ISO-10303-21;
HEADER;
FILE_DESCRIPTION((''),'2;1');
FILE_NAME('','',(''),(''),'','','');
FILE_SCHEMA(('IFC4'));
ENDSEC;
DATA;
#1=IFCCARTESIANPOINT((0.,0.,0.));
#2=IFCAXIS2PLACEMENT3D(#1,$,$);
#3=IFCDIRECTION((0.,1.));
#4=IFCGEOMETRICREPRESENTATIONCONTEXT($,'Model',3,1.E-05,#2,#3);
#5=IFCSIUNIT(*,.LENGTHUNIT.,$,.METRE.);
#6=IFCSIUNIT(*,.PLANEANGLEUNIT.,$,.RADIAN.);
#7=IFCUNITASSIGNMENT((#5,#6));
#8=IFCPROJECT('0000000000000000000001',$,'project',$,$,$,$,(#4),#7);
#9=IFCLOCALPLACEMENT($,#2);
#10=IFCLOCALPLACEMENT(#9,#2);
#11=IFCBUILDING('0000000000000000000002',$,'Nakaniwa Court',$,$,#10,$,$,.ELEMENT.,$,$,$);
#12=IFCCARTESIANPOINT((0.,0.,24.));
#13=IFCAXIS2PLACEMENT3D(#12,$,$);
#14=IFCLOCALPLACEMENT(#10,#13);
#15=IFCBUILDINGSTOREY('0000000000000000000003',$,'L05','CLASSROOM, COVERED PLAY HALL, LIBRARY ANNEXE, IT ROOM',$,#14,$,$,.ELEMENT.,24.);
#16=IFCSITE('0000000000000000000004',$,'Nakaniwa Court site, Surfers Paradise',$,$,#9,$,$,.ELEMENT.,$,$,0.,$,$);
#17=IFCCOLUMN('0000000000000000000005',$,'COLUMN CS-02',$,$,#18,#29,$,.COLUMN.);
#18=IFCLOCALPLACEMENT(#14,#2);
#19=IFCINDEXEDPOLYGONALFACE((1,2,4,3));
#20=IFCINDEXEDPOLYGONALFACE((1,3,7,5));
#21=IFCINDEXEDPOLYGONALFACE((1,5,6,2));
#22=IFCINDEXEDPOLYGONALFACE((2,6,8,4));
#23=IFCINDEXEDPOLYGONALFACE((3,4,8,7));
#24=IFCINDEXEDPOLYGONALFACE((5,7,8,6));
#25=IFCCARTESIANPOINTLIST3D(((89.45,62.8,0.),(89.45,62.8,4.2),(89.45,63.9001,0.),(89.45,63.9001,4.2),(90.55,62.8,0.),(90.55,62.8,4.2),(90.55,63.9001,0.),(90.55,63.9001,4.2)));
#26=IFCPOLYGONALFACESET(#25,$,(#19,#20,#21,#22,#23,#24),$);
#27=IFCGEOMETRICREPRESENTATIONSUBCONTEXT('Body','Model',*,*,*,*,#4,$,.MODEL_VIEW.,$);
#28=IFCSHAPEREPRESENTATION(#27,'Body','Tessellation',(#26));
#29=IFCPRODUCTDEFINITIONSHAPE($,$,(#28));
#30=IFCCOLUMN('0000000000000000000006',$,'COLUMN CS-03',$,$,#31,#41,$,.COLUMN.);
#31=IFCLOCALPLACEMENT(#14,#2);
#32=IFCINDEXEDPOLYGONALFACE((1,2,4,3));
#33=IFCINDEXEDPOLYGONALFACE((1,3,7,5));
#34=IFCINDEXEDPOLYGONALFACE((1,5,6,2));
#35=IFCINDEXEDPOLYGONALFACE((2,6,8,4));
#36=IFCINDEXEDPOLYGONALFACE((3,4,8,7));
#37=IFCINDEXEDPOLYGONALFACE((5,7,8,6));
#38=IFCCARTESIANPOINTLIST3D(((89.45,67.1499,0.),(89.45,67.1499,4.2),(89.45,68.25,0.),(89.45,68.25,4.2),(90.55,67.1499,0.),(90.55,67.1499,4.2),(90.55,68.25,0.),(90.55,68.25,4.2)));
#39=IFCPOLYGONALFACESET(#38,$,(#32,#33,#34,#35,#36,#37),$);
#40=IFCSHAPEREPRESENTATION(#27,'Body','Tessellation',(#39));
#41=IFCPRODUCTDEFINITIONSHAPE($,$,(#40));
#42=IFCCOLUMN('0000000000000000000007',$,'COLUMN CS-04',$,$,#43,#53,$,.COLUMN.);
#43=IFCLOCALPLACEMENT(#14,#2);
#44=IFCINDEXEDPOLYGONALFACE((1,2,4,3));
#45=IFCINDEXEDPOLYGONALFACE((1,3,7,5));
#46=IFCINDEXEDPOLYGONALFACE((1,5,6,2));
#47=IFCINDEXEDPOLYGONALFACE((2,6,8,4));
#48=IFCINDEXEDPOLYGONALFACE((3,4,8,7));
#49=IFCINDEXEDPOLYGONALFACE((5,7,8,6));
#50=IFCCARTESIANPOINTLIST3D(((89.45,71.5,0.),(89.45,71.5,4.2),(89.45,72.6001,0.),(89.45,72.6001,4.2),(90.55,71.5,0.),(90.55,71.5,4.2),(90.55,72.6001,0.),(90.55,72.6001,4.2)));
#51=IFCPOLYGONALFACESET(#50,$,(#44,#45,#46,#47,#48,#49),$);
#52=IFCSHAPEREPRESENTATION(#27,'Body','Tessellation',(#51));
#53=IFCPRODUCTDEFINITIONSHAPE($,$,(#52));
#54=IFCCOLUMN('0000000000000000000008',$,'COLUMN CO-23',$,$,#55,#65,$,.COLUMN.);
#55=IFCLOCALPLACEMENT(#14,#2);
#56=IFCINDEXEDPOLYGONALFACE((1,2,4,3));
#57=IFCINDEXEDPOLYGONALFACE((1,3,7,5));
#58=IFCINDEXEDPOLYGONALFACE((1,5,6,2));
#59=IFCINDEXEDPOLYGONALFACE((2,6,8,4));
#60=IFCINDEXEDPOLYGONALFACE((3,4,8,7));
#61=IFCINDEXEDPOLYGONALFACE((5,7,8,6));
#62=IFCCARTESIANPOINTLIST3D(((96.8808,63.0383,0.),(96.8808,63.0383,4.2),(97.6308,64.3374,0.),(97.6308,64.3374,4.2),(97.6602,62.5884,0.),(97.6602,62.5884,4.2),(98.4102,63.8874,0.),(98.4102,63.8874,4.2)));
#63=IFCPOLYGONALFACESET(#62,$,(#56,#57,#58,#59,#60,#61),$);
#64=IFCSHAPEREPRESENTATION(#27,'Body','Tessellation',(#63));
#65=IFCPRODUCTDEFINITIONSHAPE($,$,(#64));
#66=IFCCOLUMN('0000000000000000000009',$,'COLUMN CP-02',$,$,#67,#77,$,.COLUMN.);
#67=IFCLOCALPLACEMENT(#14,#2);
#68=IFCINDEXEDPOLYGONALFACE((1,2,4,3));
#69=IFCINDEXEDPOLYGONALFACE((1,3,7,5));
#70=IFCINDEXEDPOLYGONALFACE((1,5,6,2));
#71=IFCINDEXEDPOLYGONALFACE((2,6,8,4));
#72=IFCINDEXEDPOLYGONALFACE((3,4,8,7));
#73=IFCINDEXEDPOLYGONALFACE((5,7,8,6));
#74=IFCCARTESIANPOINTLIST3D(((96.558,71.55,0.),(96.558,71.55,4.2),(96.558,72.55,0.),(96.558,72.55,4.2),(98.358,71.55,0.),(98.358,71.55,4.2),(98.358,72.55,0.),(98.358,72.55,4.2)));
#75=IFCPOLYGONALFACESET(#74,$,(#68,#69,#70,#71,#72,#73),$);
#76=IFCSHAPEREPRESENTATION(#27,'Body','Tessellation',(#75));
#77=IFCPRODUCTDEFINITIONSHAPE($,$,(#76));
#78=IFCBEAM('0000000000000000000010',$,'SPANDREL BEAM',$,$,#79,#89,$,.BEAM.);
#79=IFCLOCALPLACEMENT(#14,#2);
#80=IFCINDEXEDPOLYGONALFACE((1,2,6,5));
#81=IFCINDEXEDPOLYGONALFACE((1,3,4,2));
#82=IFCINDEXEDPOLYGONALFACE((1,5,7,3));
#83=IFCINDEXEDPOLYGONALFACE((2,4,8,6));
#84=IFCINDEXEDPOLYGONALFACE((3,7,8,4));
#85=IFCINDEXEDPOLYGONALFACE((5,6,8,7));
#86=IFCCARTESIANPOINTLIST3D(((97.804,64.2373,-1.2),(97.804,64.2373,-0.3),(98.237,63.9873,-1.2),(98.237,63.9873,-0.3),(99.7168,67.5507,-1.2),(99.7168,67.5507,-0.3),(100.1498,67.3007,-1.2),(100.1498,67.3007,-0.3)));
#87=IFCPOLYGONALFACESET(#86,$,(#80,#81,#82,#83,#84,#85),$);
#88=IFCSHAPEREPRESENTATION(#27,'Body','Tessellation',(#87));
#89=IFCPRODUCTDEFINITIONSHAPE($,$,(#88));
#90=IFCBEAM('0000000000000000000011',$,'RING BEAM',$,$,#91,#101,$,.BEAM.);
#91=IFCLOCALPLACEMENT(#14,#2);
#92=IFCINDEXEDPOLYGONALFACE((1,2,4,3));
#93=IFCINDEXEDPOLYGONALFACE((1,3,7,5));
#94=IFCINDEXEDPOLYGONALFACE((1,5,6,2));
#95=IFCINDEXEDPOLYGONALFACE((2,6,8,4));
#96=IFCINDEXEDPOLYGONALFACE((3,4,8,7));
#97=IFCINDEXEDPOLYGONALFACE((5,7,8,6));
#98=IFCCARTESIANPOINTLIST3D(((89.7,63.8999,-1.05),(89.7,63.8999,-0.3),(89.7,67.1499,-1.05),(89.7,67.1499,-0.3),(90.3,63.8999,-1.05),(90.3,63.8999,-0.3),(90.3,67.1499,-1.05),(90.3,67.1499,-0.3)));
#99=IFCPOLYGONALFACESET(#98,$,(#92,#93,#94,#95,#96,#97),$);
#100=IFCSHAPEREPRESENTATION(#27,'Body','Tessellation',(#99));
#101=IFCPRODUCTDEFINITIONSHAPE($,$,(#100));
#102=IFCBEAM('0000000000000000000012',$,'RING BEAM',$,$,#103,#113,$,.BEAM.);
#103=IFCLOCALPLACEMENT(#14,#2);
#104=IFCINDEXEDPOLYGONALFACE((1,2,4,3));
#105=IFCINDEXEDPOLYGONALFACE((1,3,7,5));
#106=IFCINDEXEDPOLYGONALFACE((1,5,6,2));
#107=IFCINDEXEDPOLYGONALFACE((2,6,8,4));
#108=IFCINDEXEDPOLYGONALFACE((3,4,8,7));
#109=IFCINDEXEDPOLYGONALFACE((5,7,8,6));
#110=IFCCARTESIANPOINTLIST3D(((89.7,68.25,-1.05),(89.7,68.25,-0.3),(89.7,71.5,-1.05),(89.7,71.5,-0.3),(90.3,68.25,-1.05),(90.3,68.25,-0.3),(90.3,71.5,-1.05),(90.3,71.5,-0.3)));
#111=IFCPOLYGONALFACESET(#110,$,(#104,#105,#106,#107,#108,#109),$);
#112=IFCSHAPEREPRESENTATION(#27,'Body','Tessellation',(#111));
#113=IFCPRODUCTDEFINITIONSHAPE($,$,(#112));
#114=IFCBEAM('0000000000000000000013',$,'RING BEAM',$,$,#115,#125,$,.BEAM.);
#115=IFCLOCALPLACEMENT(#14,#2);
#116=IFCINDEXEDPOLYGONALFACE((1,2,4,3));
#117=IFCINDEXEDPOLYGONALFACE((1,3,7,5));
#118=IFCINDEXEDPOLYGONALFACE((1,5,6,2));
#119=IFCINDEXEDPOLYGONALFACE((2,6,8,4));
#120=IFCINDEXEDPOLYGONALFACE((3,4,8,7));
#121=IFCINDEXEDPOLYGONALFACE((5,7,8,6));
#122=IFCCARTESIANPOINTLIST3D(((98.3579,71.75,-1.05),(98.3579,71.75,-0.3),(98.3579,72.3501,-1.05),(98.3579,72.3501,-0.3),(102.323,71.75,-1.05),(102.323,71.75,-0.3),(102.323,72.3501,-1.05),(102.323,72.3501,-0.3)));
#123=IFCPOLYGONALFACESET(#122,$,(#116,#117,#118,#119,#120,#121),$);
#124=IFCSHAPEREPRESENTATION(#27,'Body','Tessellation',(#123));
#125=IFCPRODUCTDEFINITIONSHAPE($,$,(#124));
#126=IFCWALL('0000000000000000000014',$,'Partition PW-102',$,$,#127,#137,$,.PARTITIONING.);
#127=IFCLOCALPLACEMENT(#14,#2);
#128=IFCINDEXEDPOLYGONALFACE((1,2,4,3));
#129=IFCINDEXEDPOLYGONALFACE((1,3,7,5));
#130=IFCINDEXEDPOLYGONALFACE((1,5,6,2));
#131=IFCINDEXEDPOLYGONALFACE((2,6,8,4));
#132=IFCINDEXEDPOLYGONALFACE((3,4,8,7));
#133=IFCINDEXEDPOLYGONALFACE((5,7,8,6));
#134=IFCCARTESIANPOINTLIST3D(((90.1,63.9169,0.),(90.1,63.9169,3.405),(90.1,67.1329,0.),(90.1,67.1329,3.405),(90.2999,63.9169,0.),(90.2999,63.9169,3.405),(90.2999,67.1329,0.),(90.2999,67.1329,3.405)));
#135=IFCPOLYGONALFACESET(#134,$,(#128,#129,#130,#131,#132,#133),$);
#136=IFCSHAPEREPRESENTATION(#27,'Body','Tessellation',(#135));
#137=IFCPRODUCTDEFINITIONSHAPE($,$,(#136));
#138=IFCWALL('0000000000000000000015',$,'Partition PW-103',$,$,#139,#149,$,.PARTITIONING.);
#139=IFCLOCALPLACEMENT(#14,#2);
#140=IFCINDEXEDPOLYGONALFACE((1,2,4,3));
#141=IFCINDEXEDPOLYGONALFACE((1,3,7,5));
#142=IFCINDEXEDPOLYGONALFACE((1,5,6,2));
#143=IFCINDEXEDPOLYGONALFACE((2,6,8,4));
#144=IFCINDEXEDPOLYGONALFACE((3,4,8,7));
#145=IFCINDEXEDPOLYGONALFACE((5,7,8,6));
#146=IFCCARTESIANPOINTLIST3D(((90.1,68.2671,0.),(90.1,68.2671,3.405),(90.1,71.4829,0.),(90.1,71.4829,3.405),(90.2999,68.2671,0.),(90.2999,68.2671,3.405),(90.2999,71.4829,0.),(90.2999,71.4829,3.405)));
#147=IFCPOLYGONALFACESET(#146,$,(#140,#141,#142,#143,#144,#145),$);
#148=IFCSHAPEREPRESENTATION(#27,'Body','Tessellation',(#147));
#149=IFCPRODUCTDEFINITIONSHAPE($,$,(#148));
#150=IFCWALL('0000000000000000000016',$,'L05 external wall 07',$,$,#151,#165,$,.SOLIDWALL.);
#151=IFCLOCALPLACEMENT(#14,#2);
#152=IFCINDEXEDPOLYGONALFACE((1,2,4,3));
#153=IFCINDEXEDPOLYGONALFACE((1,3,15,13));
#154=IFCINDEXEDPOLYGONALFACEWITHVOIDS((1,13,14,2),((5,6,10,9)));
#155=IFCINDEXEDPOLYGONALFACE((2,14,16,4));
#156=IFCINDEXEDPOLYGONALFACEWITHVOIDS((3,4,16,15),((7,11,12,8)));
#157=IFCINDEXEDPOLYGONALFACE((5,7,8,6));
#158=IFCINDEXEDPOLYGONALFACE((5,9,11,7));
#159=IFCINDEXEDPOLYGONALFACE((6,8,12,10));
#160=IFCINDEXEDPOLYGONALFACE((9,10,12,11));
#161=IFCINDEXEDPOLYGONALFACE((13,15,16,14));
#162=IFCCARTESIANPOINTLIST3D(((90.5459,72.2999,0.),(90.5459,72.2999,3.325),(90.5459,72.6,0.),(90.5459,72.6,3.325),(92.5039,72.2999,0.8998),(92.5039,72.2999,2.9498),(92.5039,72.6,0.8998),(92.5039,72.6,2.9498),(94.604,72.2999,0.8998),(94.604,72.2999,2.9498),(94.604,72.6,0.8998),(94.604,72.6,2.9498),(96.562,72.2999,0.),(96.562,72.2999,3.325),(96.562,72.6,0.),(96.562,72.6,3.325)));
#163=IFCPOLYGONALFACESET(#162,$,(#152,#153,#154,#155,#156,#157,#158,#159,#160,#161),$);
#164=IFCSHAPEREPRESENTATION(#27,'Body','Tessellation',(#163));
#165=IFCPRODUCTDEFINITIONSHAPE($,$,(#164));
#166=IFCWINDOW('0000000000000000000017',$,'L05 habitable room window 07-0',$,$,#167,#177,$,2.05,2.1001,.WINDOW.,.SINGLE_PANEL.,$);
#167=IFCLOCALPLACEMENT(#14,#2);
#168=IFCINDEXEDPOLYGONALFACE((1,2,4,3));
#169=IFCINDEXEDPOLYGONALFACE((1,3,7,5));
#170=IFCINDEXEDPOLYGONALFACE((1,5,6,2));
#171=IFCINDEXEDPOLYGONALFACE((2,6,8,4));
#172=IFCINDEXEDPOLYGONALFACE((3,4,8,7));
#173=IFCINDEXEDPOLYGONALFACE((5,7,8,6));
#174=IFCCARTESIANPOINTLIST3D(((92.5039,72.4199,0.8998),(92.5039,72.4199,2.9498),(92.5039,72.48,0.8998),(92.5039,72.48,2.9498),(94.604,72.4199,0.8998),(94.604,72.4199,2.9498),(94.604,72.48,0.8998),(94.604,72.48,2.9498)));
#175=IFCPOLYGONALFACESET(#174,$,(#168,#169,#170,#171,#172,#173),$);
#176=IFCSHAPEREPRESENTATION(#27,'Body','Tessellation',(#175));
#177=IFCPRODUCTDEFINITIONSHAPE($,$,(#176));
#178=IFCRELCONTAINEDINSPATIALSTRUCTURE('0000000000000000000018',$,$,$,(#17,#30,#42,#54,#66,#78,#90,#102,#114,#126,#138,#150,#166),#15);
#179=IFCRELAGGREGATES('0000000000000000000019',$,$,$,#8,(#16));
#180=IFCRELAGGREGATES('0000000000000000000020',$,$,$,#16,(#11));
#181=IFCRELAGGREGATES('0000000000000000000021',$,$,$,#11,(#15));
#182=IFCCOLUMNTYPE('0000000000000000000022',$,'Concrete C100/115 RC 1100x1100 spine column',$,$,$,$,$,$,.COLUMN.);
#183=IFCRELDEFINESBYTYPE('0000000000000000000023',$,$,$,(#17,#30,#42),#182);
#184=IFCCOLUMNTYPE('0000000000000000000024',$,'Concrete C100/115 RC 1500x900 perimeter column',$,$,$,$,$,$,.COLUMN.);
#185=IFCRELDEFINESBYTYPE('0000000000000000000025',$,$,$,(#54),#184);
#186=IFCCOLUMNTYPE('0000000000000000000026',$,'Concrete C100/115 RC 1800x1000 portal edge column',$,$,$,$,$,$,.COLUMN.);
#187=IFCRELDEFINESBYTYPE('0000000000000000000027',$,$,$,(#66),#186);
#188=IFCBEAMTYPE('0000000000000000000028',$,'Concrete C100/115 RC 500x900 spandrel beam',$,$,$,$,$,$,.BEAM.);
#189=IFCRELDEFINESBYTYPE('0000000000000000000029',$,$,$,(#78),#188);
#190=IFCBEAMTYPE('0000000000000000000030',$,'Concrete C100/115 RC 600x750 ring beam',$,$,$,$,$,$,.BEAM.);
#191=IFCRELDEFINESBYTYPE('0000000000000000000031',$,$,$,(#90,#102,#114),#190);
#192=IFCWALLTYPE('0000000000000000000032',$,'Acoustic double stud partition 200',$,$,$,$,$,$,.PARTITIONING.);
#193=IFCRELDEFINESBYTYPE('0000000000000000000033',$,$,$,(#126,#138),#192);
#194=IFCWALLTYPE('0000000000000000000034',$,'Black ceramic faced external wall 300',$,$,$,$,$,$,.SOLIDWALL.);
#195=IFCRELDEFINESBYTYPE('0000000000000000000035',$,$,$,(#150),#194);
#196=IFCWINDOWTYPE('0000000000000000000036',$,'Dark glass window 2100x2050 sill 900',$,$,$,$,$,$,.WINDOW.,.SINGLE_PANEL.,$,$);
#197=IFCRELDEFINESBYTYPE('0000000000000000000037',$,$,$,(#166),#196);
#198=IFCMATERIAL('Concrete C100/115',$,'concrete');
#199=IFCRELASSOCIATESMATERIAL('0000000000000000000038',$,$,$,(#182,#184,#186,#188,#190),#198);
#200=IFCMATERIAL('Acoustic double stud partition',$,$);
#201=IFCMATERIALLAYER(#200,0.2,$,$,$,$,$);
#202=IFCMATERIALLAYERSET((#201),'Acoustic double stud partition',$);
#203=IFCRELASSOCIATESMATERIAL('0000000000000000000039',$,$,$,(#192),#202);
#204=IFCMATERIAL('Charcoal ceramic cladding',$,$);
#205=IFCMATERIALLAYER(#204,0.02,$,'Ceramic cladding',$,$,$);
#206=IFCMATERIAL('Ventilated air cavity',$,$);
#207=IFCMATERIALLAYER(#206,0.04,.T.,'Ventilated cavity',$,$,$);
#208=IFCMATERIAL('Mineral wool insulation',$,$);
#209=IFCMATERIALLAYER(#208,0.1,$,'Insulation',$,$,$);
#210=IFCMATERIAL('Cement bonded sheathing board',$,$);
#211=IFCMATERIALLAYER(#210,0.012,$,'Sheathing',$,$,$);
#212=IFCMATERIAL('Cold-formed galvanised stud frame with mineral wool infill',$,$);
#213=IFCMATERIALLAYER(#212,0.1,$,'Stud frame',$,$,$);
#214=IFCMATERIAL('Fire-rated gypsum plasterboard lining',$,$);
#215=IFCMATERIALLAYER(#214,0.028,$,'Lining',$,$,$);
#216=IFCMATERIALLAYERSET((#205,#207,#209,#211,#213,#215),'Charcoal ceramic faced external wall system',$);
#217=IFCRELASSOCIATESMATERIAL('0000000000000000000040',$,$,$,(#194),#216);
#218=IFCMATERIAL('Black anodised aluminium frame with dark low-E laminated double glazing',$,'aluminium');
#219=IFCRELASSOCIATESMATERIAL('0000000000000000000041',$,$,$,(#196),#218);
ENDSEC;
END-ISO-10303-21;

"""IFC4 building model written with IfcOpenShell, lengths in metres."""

from ifc_helpers import new_model, si_unit, direction, frame, frame_2d, origin, origin_2d, place, context, subcontext, project, spatial, rectangle, extrude, material, layer, layer_set, material_profile, profile_set, type_object, element, fill, save


model = new_model("IFC4")

# Units and contexts
model_context = context("Model", 3, precision=1e-05, world=origin(), true_north=direction((0.0, 1.0)))
body_context = subcontext(model_context, "Body", "Model", "MODEL_VIEW")
ifc_project = project(units=[si_unit("LENGTHUNIT", "METRE"), si_unit("PLANEANGLEUNIT", "RADIAN")], contexts=[model_context])

# Site, building, storey
site_placement = place(None, origin())
site = spatial("IfcSite", under=ifc_project, at=site_placement, Name="Nakaniwa Court site, Surfers Paradise", CompositionType="ELEMENT", RefElevation=0.0)
building_placement = place(site_placement, origin())
building = spatial("IfcBuilding", under=site, at=building_placement, Name="Nakaniwa Court", CompositionType="ELEMENT")
storey_placement = place(building_placement, frame((0.0, 0.0, 24.0)))
storey = spatial("IfcBuildingStorey", under=building, at=storey_placement, Name="L05", Description="CLASSROOM, COVERED PLAY HALL, LIBRARY ANNEXE, IT ROOM", CompositionType="ELEMENT", Elevation=24.0)

# Columns
ifc_material_1 = material(Name="Concrete C100/115", Category="concrete")
ifc_material_profile_1 = material_profile(ifc_material_1, rectangle(XDim=1.1001, YDim=1.1001, at=origin_2d()), Name="Concrete C100/115 RC 1100x1100 spine column")
ifc_profile_set_1 = profile_set([ifc_material_profile_1], Name="Concrete C100/115")
column_type_1 = type_object("IfcColumnType", Name="Concrete C100/115 RC 1100x1100 spine column", PredefinedType="COLUMN", material=ifc_profile_set_1)
for number, where, z_axis, x_axis, name in (
    (1, (90.0, 63.3501, 0.0), (0.0, 0.0, 1.0), (0.0, 1.0, 0.0), "COLUMN CS-02"),
    (2, (90.0, 67.7, 0.0), (0.0, 0.0, 1.0), (0.0, 1.0, 0.0), "COLUMN CS-03"),
    (3, (90.0, 72.05, 0.0), (0.0, 0.0, 1.0), (0.0, 1.0, 0.0), "COLUMN CS-04"),
):
    element("IfcColumn", number, at=place(storey_placement, frame(where, z_axis=z_axis, x_axis=x_axis)), inside=storey, type_object=column_type_1, Name=name, PredefinedType="COLUMN", context=body_context, shape_type="SweptSolid", body=[
        extrude(rectangle(XDim=1.1001, YDim=1.1001, at=origin_2d()), origin(), (0.0, 0.0, 1.0), 4.2),
    ])
ifc_material_profile_2 = material_profile(ifc_material_1, rectangle(XDim=1.5, YDim=0.8999, at=origin_2d()), Name="Concrete C100/115 RC 1500x900 perimeter column")
ifc_profile_set_2 = profile_set([ifc_material_profile_2], Name="Concrete C100/115")
column_type_2 = type_object("IfcColumnType", Name="Concrete C100/115 RC 1500x900 perimeter column", PredefinedType="COLUMN", material=ifc_profile_set_2)
column_1_placement = place(storey_placement, frame((97.6455, 63.4629, 0.0), z_axis=(0.0, 0.0, 1.0), x_axis=(0.5, 0.866025, 0.0)))
element("IfcColumn", 4, at=column_1_placement, inside=storey, type_object=column_type_2, Name="COLUMN CO-23", PredefinedType="COLUMN", context=body_context, shape_type="SweptSolid", body=[
    extrude(rectangle(XDim=1.5, YDim=0.8999, at=origin_2d()), origin(), (0.0, 0.0, 1.0), 4.2),
])
ifc_material_profile_3 = material_profile(ifc_material_1, rectangle(XDim=1.8, YDim=1.0, at=origin_2d()), Name="Concrete C100/115 RC 1800x1000 portal edge column")
ifc_profile_set_3 = profile_set([ifc_material_profile_3], Name="Concrete C100/115")
column_type_3 = type_object("IfcColumnType", Name="Concrete C100/115 RC 1800x1000 portal edge column", PredefinedType="COLUMN", material=ifc_profile_set_3)
column_2_placement = place(storey_placement, frame((97.458, 72.05, 0.0), z_axis=(0.0, 0.0, 1.0), x_axis=(1.0, 0.0, 0.0)))
element("IfcColumn", 5, at=column_2_placement, inside=storey, type_object=column_type_3, Name="COLUMN CP-02", PredefinedType="COLUMN", context=body_context, shape_type="SweptSolid", body=[
    extrude(rectangle(XDim=1.8, YDim=1.0, at=origin_2d()), origin(), (0.0, 0.0, 1.0), 4.2),
])

# Beams
ifc_material_profile_4 = material_profile(ifc_material_1, rectangle(XDim=0.5, YDim=0.8999, at=origin_2d()), Name="Concrete C100/115 RC 500x900 spandrel beam")
ifc_profile_set_4 = profile_set([ifc_material_profile_4], Name="Concrete C100/115")
beam_type_1 = type_object("IfcBeamType", Name="Concrete C100/115 RC 500x900 spandrel beam", PredefinedType="BEAM", material=ifc_profile_set_4)
beam_1_placement = place(storey_placement, frame((98.0205, 64.1123, -0.75), z_axis=(0.499962, 0.866047, 0.0), x_axis=(-0.866047, 0.499962, 0.0)))
element("IfcBeam", 6, at=beam_1_placement, inside=storey, type_object=beam_type_1, Name="SPANDREL BEAM", PredefinedType="BEAM", context=body_context, shape_type="SweptSolid", body=[
    extrude(rectangle(XDim=0.5, YDim=0.8999, at=origin_2d()), origin(), (0.0, 0.0, 1.0), 3.8259),
])
ifc_material_profile_5 = material_profile(ifc_material_1, rectangle(XDim=0.6001, YDim=0.75, at=origin_2d()), Name="Concrete C100/115 RC 600x750 ring beam")
ifc_profile_set_5 = profile_set([ifc_material_profile_5], Name="Concrete C100/115")
beam_type_2 = type_object("IfcBeamType", Name="Concrete C100/115 RC 600x750 ring beam", PredefinedType="BEAM", material=ifc_profile_set_5)
for number, where, z_axis, x_axis, name in (
    (7, (90.0, 63.8999, -0.675), (0.0, 1.0, 0.0), (-1.0, 0.0, 0.0), "RING BEAM"),
    (8, (90.0, 68.25, -0.675), (0.0, 1.0, 0.0), (-1.0, 0.0, 0.0), "RING BEAM"),
):
    element("IfcBeam", number, at=place(storey_placement, frame(where, z_axis=z_axis, x_axis=x_axis)), inside=storey, type_object=beam_type_2, Name=name, PredefinedType="BEAM", context=body_context, shape_type="SweptSolid", body=[
        extrude(rectangle(XDim=0.6001, YDim=0.75, at=origin_2d()), origin(), (0.0, 0.0, 1.0), 3.25),
    ])
beam_2_placement = place(storey_placement, frame((98.3579, 72.05, -0.675), z_axis=(1.0, 0.0, 0.0), x_axis=(0.0, 1.0, 0.0)))
element("IfcBeam", 9, at=beam_2_placement, inside=storey, type_object=beam_type_2, Name="RING BEAM", PredefinedType="BEAM", context=body_context, shape_type="SweptSolid", body=[
    extrude(rectangle(XDim=0.6001, YDim=0.75, at=origin_2d()), origin(), (0.0, 0.0, 1.0), 3.9651),
])

# Walls
ifc_material_2 = material(Name="Acoustic double stud partition")
ifc_layer_1 = layer(ifc_material_2, 0.2)
ifc_layer_set_1 = layer_set([ifc_layer_1], Name="Acoustic double stud partition")
wall_type_1 = type_object("IfcWallType", Name="Acoustic double stud partition 200", PredefinedType="PARTITIONING", material=ifc_layer_set_1)
wall_1_placement = place(storey_placement, frame((90.2, 63.917, 0.0), z_axis=(0.0, 0.0, 1.0), x_axis=(0.0, 1.0, 0.0)))
element("IfcWall", 10, at=wall_1_placement, inside=storey, type_object=wall_type_1, Name="Partition PW-102", PredefinedType="PARTITIONING", context=body_context, shape_type="SweptSolid", body=[
    extrude(rectangle(XDim=3.2161, YDim=0.2, at=frame_2d((1.6079, 0.0))), origin(), (0.0, 0.0, 1.0), 3.405),
])
wall_2_placement = place(storey_placement, frame((90.2, 68.2671, 0.0), z_axis=(0.0, 0.0, 1.0), x_axis=(0.0, 1.0, 0.0)))
element("IfcWall", 11, at=wall_2_placement, inside=storey, type_object=wall_type_1, Name="Partition PW-103", PredefinedType="PARTITIONING", context=body_context, shape_type="SweptSolid", body=[
    extrude(rectangle(XDim=3.2158, YDim=0.2, at=frame_2d((1.6079, 0.0))), origin(), (0.0, 0.0, 1.0), 3.405),
])

# Wall, opening, window
ifc_material_3 = material(Name="Charcoal ceramic cladding")
ifc_layer_2 = layer(ifc_material_3, 0.02, Name="Ceramic cladding")
ifc_material_4 = material(Name="Ventilated air cavity")
ifc_layer_3 = layer(ifc_material_4, 0.04, ventilated=True, Name="Ventilated cavity")
ifc_material_5 = material(Name="Mineral wool insulation")
ifc_layer_4 = layer(ifc_material_5, 0.1, Name="Insulation")
ifc_material_6 = material(Name="Cement bonded sheathing board")
ifc_layer_5 = layer(ifc_material_6, 0.012, Name="Sheathing")
ifc_material_7 = material(Name="Cold-formed galvanised stud frame with mineral wool infill")
ifc_layer_6 = layer(ifc_material_7, 0.1, Name="Stud frame")
ifc_material_8 = material(Name="Fire-rated gypsum plasterboard lining")
ifc_layer_7 = layer(ifc_material_8, 0.028, Name="Lining")
ifc_layer_set_2 = layer_set([ifc_layer_2, ifc_layer_3, ifc_layer_4, ifc_layer_5, ifc_layer_6, ifc_layer_7], Name="Charcoal ceramic faced external wall system")
wall_type_2 = type_object("IfcWallType", Name="Black ceramic faced external wall 300", PredefinedType="SOLIDWALL", material=ifc_layer_set_2)
wall_3_placement = place(storey_placement, frame((96.562, 72.45, 0.0), z_axis=(0.0, 0.0, 1.0), x_axis=(-1.0, 0.0, 0.0)))
wall_3 = element("IfcWall", 12, at=wall_3_placement, inside=storey, type_object=wall_type_2, Name="L05 external wall 07", PredefinedType="SOLIDWALL", context=body_context, shape_type="SweptSolid", body=[
    extrude(rectangle(XDim=6.0161, YDim=0.3, at=frame_2d((3.0081, 0.0))), origin(), (0.0, 0.0, 1.0), 3.325),
])
opening_1_placement = place(wall_3_placement, frame((1.958, 0.0, 0.8999)))
opening_1 = element("IfcOpeningElement", 13, at=opening_1_placement, cuts=wall_3, PredefinedType="OPENING", context=body_context, shape_type="SweptSolid", body=[
    extrude(rectangle(XDim=2.1001, YDim=2.05, at=frame_2d((1.05, 1.0249))), frame((0.0, 0.1599, 0.0), z_axis=(0.0, -1.0, 0.0), x_axis=(1.0, 0.0, 0.0)), (0.0, 0.0, 1.0), 0.3201),
])
ifc_material_9 = material(Name="Black anodised aluminium frame with dark low-E laminated double glazing", Category="aluminium")
window_type = type_object("IfcWindowType", Name="Dark glass window 2100x2050 sill 900", PartitioningType="SINGLE_PANEL", PredefinedType="WINDOW", material=ifc_material_9)
window_placement = place(opening_1_placement, origin())
window = element("IfcWindow", 14, at=window_placement, inside=storey, type_object=window_type, Name="L05 habitable room window 07-0", OverallHeight=2.05, OverallWidth=2.1001, PartitioningType="SINGLE_PANEL", PredefinedType="WINDOW", context=body_context, shape_type="SweptSolid", body=[
    extrude(rectangle(XDim=2.1001, YDim=2.05, at=frame_2d((1.05, 1.0249))), frame((0.0, 0.03, 0.0), z_axis=(0.0, -1.0, 0.0), x_axis=(1.0, 0.0, 0.0)), (0.0, 0.0, 1.0), 0.0601),
])
fill(opening_1, window)

save(model, "model.ifc")
